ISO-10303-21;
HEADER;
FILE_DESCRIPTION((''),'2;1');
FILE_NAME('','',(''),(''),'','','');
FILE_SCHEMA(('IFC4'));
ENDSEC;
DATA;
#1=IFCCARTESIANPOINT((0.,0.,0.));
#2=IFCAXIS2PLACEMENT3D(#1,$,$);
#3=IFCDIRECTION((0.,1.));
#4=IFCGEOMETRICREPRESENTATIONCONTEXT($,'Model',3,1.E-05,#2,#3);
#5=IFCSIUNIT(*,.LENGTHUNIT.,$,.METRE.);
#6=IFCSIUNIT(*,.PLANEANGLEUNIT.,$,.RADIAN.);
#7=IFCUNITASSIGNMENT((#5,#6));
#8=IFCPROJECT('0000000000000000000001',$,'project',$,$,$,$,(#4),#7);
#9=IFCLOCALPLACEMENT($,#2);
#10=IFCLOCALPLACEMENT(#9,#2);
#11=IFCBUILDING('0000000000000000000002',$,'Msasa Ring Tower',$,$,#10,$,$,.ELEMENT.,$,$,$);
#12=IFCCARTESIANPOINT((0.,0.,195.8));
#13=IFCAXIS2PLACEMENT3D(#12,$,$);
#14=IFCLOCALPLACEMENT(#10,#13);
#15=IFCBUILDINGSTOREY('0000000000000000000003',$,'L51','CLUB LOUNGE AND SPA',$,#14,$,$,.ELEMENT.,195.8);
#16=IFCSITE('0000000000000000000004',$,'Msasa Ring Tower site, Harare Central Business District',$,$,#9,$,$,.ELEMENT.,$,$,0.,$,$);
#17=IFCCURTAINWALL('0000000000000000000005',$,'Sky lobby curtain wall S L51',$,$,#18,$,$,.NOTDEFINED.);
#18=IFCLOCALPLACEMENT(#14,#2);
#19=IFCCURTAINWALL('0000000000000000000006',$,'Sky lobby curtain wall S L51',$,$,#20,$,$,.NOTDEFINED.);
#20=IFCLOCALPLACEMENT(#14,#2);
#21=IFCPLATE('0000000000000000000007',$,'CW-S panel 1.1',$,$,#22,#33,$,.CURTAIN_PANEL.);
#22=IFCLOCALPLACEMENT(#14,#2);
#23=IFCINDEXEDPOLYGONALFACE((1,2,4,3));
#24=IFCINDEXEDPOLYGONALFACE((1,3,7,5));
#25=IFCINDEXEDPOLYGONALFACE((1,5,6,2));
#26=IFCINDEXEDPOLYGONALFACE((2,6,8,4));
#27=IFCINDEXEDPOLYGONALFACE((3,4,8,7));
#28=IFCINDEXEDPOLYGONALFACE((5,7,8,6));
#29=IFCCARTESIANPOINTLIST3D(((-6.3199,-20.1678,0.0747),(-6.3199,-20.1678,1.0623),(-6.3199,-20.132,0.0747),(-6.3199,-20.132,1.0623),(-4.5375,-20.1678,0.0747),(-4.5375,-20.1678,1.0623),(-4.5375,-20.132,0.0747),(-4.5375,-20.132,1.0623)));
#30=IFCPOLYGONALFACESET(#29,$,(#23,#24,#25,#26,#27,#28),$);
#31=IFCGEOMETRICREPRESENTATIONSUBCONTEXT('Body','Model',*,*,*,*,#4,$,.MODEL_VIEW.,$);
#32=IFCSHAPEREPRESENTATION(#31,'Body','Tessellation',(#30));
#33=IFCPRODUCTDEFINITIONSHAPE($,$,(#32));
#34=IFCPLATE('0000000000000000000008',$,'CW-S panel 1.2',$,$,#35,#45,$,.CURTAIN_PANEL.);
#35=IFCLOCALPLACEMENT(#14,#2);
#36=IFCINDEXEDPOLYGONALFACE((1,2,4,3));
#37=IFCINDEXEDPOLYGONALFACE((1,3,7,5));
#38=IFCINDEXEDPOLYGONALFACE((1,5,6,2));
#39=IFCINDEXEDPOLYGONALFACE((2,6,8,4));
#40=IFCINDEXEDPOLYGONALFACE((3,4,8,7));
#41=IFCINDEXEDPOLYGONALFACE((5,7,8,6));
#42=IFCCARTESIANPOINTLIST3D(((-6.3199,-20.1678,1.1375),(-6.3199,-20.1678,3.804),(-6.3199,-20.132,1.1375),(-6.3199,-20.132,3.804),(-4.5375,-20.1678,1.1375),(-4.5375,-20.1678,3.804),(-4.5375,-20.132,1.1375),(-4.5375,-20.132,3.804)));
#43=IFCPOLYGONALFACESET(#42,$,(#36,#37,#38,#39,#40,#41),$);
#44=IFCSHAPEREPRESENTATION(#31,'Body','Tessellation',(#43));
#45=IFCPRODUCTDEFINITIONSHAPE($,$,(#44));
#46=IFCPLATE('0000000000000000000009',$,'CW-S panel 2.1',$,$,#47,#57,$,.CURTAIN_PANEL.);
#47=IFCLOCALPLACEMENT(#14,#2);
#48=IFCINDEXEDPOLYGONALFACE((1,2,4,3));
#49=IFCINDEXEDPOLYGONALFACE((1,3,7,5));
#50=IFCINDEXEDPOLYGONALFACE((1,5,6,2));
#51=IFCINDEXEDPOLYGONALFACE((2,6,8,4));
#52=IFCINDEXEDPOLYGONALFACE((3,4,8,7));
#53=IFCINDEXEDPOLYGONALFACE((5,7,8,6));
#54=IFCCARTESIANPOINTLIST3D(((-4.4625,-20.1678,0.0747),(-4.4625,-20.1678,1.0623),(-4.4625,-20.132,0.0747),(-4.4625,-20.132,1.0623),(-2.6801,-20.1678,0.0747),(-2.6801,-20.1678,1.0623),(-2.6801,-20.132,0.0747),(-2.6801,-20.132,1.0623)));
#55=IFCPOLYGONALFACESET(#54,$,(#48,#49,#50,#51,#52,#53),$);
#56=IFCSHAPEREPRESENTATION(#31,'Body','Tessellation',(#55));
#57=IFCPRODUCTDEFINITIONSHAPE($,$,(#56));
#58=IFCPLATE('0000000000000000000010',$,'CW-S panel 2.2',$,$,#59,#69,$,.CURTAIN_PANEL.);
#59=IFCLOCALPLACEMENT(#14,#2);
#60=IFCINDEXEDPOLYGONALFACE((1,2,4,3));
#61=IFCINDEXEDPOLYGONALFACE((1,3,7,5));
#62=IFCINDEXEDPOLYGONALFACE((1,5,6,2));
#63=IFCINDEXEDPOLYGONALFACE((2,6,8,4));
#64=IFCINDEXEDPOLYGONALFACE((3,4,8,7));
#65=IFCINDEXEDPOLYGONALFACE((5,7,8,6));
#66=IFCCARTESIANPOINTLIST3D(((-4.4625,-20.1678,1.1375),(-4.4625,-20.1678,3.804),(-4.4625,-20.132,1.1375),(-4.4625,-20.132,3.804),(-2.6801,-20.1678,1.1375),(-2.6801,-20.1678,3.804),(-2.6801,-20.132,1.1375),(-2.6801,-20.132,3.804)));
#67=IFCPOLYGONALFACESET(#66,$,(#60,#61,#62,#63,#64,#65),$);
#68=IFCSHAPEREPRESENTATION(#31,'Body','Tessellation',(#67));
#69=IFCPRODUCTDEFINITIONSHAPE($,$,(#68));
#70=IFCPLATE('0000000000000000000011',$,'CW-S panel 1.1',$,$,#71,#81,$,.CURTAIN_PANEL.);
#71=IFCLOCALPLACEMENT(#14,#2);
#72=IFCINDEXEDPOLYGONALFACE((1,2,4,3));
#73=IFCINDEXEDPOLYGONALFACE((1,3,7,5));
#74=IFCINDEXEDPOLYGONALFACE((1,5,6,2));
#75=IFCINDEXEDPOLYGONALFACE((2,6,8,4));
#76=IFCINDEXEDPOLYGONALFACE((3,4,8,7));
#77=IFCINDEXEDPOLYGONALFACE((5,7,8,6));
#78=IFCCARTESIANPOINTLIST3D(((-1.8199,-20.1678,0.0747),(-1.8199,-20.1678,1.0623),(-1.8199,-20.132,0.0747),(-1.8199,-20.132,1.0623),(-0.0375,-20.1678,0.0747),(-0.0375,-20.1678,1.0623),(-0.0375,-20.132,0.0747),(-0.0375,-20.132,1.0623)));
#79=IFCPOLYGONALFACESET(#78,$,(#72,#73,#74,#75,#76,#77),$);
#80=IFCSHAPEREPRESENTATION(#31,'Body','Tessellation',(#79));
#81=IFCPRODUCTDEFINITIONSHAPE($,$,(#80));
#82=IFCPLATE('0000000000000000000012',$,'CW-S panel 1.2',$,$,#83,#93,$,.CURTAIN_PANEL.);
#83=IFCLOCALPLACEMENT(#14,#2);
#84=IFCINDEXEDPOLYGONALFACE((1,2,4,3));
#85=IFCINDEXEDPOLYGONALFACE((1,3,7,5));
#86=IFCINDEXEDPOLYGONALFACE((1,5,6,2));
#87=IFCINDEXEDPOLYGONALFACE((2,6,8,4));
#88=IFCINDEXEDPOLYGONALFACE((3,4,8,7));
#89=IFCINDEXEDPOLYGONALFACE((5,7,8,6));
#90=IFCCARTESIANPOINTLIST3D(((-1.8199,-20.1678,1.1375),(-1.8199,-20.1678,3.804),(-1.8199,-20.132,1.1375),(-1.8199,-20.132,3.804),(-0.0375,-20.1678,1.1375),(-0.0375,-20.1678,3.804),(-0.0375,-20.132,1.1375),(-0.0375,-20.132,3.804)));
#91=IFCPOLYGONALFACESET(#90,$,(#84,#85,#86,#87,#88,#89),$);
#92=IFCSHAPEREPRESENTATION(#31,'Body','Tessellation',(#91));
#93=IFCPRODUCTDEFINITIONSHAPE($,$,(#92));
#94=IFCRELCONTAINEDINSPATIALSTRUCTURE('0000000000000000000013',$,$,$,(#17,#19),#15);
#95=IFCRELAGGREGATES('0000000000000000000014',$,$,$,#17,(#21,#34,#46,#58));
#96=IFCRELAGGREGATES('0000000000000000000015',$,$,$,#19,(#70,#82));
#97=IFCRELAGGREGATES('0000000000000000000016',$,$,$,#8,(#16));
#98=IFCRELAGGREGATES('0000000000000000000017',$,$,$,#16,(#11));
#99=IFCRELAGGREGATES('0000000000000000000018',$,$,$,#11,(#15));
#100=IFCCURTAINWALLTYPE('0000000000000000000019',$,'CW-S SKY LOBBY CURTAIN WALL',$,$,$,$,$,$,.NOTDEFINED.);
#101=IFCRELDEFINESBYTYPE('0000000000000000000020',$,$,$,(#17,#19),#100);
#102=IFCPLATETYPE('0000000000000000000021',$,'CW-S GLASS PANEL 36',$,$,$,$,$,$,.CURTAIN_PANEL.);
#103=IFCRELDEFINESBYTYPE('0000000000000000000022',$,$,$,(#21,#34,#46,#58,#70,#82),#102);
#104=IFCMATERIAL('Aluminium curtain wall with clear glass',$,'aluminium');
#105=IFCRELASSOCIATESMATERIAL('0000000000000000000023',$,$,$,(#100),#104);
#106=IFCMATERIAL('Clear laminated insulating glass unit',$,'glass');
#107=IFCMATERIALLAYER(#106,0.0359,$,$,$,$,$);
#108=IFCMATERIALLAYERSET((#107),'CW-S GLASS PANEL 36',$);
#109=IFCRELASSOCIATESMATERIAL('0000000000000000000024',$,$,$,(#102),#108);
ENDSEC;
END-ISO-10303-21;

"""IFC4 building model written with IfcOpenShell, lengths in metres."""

from ifc_helpers import new_model, si_unit, direction, frame, origin, origin_2d, place, context, subcontext, project, spatial, rectangle, extrude, material, layer, layer_set, type_object, element, aggregate, save


model = new_model("IFC4")

# Units and contexts
model_context = context("Model", 3, precision=1e-05, world=origin(), true_north=direction((0.0, 1.0)))
body_context = subcontext(model_context, "Body", "Model", "MODEL_VIEW")
ifc_project = project(units=[si_unit("LENGTHUNIT", "METRE"), si_unit("PLANEANGLEUNIT", "RADIAN")], contexts=[model_context])

# Site, building, storey
site_placement = place(None, origin())
site = spatial("IfcSite", under=ifc_project, at=site_placement, Name="Msasa Ring Tower site, Harare Central Business District", CompositionType="ELEMENT", RefElevation=0.0)
building_placement = place(site_placement, origin())
building = spatial("IfcBuilding", under=site, at=building_placement, Name="Msasa Ring Tower", CompositionType="ELEMENT")
storey_placement = place(building_placement, frame((0.0, 0.0, 195.8)))
storey = spatial("IfcBuildingStorey", under=building, at=storey_placement, Name="L51", Description="CLUB LOUNGE AND SPA", CompositionType="ELEMENT", Elevation=195.8)

# Curtain wall
ifc_material_1 = material(Name="Aluminium curtain wall with clear glass", Category="aluminium")
curtain_wall_type = type_object("IfcCurtainWallType", Name="CW-S SKY LOBBY CURTAIN WALL", PredefinedType="NOTDEFINED", material=ifc_material_1)
curtain_wall_1_placement = place(storey_placement, origin())
curtain_wall_1 = element("IfcCurtainWall", 1, at=curtain_wall_1_placement, inside=storey, type_object=curtain_wall_type, Name="Sky lobby curtain wall S L51", PredefinedType="NOTDEFINED")

# Curtain wall
curtain_wall_2_placement = place(storey_placement, origin())
curtain_wall_2 = element("IfcCurtainWall", 2, at=curtain_wall_2_placement, inside=storey, type_object=curtain_wall_type, Name="Sky lobby curtain wall S L51", PredefinedType="NOTDEFINED")

# Plates
ifc_material_2 = material(Name="Clear laminated insulating glass unit", Category="glass")
ifc_layer = layer(ifc_material_2, 0.0359)
ifc_layer_set = layer_set([ifc_layer], Name="CW-S GLASS PANEL 36")
plate_type = type_object("IfcPlateType", Name="CW-S GLASS PANEL 36", PredefinedType="CURTAIN_PANEL", material=ifc_layer_set)
plate_1_placement = place(storey_placement, frame((-5.4287, -20.1499, 0.0747), z_axis=(0.0, 0.0, 1.0), x_axis=(1.0, 0.0, 0.0)))
plate_1 = element("IfcPlate", 3, at=plate_1_placement, type_object=plate_type, Name="CW-S panel 1.1", PredefinedType="CURTAIN_PANEL", context=body_context, shape_type="SweptSolid", body=[
    extrude(rectangle(XDim=1.7825, YDim=0.0359, at=origin_2d()), origin(), (0.0, 0.0, 1.0), 0.9875),
])
plate_2_placement = place(storey_placement, frame((-5.4287, -20.1499, 1.1375), z_axis=(0.0, 0.0, 1.0), x_axis=(1.0, 0.0, 0.0)))
plate_2 = element("IfcPlate", 4, at=plate_2_placement, type_object=plate_type, Name="CW-S panel 1.2", PredefinedType="CURTAIN_PANEL", context=body_context, shape_type="SweptSolid", body=[
    extrude(rectangle(XDim=1.7825, YDim=0.0359, at=origin_2d()), origin(), (0.0, 0.0, 1.0), 2.6665),
])
plate_3_placement = place(storey_placement, frame((-3.5713, -20.1499, 0.0747), z_axis=(0.0, 0.0, 1.0), x_axis=(1.0, 0.0, 0.0)))
plate_3 = element("IfcPlate", 5, at=plate_3_placement, type_object=plate_type, Name="CW-S panel 2.1", PredefinedType="CURTAIN_PANEL", context=body_context, shape_type="SweptSolid", body=[
    extrude(rectangle(XDim=1.7825, YDim=0.0359, at=origin_2d()), origin(), (0.0, 0.0, 1.0), 0.9875),
])
plate_4_placement = place(storey_placement, frame((-3.5713, -20.1499, 1.1375), z_axis=(0.0, 0.0, 1.0), x_axis=(1.0, 0.0, 0.0)))
plate_4 = element("IfcPlate", 6, at=plate_4_placement, type_object=plate_type, Name="CW-S panel 2.2", PredefinedType="CURTAIN_PANEL", context=body_context, shape_type="SweptSolid", body=[
    extrude(rectangle(XDim=1.7825, YDim=0.0359, at=origin_2d()), origin(), (0.0, 0.0, 1.0), 2.6665),
])
aggregate(curtain_wall_1, [plate_1, plate_2, plate_3, plate_4])
plate_5_placement = place(storey_placement, frame((-0.9287, -20.1499, 0.0747), z_axis=(0.0, 0.0, 1.0), x_axis=(1.0, 0.0, 0.0)))
plate_5 = element("IfcPlate", 7, at=plate_5_placement, type_object=plate_type, Name="CW-S panel 1.1", PredefinedType="CURTAIN_PANEL", context=body_context, shape_type="SweptSolid", body=[
    extrude(rectangle(XDim=1.7825, YDim=0.0359, at=origin_2d()), origin(), (0.0, 0.0, 1.0), 0.9875),
])
plate_6_placement = place(storey_placement, frame((-0.9287, -20.1499, 1.1375), z_axis=(0.0, 0.0, 1.0), x_axis=(1.0, 0.0, 0.0)))
plate_6 = element("IfcPlate", 8, at=plate_6_placement, type_object=plate_type, Name="CW-S panel 1.2", PredefinedType="CURTAIN_PANEL", context=body_context, shape_type="SweptSolid", body=[
    extrude(rectangle(XDim=1.7825, YDim=0.0359, at=origin_2d()), origin(), (0.0, 0.0, 1.0), 2.6665),
])
aggregate(curtain_wall_2, [plate_5, plate_6])

save(model, "model.ifc")
